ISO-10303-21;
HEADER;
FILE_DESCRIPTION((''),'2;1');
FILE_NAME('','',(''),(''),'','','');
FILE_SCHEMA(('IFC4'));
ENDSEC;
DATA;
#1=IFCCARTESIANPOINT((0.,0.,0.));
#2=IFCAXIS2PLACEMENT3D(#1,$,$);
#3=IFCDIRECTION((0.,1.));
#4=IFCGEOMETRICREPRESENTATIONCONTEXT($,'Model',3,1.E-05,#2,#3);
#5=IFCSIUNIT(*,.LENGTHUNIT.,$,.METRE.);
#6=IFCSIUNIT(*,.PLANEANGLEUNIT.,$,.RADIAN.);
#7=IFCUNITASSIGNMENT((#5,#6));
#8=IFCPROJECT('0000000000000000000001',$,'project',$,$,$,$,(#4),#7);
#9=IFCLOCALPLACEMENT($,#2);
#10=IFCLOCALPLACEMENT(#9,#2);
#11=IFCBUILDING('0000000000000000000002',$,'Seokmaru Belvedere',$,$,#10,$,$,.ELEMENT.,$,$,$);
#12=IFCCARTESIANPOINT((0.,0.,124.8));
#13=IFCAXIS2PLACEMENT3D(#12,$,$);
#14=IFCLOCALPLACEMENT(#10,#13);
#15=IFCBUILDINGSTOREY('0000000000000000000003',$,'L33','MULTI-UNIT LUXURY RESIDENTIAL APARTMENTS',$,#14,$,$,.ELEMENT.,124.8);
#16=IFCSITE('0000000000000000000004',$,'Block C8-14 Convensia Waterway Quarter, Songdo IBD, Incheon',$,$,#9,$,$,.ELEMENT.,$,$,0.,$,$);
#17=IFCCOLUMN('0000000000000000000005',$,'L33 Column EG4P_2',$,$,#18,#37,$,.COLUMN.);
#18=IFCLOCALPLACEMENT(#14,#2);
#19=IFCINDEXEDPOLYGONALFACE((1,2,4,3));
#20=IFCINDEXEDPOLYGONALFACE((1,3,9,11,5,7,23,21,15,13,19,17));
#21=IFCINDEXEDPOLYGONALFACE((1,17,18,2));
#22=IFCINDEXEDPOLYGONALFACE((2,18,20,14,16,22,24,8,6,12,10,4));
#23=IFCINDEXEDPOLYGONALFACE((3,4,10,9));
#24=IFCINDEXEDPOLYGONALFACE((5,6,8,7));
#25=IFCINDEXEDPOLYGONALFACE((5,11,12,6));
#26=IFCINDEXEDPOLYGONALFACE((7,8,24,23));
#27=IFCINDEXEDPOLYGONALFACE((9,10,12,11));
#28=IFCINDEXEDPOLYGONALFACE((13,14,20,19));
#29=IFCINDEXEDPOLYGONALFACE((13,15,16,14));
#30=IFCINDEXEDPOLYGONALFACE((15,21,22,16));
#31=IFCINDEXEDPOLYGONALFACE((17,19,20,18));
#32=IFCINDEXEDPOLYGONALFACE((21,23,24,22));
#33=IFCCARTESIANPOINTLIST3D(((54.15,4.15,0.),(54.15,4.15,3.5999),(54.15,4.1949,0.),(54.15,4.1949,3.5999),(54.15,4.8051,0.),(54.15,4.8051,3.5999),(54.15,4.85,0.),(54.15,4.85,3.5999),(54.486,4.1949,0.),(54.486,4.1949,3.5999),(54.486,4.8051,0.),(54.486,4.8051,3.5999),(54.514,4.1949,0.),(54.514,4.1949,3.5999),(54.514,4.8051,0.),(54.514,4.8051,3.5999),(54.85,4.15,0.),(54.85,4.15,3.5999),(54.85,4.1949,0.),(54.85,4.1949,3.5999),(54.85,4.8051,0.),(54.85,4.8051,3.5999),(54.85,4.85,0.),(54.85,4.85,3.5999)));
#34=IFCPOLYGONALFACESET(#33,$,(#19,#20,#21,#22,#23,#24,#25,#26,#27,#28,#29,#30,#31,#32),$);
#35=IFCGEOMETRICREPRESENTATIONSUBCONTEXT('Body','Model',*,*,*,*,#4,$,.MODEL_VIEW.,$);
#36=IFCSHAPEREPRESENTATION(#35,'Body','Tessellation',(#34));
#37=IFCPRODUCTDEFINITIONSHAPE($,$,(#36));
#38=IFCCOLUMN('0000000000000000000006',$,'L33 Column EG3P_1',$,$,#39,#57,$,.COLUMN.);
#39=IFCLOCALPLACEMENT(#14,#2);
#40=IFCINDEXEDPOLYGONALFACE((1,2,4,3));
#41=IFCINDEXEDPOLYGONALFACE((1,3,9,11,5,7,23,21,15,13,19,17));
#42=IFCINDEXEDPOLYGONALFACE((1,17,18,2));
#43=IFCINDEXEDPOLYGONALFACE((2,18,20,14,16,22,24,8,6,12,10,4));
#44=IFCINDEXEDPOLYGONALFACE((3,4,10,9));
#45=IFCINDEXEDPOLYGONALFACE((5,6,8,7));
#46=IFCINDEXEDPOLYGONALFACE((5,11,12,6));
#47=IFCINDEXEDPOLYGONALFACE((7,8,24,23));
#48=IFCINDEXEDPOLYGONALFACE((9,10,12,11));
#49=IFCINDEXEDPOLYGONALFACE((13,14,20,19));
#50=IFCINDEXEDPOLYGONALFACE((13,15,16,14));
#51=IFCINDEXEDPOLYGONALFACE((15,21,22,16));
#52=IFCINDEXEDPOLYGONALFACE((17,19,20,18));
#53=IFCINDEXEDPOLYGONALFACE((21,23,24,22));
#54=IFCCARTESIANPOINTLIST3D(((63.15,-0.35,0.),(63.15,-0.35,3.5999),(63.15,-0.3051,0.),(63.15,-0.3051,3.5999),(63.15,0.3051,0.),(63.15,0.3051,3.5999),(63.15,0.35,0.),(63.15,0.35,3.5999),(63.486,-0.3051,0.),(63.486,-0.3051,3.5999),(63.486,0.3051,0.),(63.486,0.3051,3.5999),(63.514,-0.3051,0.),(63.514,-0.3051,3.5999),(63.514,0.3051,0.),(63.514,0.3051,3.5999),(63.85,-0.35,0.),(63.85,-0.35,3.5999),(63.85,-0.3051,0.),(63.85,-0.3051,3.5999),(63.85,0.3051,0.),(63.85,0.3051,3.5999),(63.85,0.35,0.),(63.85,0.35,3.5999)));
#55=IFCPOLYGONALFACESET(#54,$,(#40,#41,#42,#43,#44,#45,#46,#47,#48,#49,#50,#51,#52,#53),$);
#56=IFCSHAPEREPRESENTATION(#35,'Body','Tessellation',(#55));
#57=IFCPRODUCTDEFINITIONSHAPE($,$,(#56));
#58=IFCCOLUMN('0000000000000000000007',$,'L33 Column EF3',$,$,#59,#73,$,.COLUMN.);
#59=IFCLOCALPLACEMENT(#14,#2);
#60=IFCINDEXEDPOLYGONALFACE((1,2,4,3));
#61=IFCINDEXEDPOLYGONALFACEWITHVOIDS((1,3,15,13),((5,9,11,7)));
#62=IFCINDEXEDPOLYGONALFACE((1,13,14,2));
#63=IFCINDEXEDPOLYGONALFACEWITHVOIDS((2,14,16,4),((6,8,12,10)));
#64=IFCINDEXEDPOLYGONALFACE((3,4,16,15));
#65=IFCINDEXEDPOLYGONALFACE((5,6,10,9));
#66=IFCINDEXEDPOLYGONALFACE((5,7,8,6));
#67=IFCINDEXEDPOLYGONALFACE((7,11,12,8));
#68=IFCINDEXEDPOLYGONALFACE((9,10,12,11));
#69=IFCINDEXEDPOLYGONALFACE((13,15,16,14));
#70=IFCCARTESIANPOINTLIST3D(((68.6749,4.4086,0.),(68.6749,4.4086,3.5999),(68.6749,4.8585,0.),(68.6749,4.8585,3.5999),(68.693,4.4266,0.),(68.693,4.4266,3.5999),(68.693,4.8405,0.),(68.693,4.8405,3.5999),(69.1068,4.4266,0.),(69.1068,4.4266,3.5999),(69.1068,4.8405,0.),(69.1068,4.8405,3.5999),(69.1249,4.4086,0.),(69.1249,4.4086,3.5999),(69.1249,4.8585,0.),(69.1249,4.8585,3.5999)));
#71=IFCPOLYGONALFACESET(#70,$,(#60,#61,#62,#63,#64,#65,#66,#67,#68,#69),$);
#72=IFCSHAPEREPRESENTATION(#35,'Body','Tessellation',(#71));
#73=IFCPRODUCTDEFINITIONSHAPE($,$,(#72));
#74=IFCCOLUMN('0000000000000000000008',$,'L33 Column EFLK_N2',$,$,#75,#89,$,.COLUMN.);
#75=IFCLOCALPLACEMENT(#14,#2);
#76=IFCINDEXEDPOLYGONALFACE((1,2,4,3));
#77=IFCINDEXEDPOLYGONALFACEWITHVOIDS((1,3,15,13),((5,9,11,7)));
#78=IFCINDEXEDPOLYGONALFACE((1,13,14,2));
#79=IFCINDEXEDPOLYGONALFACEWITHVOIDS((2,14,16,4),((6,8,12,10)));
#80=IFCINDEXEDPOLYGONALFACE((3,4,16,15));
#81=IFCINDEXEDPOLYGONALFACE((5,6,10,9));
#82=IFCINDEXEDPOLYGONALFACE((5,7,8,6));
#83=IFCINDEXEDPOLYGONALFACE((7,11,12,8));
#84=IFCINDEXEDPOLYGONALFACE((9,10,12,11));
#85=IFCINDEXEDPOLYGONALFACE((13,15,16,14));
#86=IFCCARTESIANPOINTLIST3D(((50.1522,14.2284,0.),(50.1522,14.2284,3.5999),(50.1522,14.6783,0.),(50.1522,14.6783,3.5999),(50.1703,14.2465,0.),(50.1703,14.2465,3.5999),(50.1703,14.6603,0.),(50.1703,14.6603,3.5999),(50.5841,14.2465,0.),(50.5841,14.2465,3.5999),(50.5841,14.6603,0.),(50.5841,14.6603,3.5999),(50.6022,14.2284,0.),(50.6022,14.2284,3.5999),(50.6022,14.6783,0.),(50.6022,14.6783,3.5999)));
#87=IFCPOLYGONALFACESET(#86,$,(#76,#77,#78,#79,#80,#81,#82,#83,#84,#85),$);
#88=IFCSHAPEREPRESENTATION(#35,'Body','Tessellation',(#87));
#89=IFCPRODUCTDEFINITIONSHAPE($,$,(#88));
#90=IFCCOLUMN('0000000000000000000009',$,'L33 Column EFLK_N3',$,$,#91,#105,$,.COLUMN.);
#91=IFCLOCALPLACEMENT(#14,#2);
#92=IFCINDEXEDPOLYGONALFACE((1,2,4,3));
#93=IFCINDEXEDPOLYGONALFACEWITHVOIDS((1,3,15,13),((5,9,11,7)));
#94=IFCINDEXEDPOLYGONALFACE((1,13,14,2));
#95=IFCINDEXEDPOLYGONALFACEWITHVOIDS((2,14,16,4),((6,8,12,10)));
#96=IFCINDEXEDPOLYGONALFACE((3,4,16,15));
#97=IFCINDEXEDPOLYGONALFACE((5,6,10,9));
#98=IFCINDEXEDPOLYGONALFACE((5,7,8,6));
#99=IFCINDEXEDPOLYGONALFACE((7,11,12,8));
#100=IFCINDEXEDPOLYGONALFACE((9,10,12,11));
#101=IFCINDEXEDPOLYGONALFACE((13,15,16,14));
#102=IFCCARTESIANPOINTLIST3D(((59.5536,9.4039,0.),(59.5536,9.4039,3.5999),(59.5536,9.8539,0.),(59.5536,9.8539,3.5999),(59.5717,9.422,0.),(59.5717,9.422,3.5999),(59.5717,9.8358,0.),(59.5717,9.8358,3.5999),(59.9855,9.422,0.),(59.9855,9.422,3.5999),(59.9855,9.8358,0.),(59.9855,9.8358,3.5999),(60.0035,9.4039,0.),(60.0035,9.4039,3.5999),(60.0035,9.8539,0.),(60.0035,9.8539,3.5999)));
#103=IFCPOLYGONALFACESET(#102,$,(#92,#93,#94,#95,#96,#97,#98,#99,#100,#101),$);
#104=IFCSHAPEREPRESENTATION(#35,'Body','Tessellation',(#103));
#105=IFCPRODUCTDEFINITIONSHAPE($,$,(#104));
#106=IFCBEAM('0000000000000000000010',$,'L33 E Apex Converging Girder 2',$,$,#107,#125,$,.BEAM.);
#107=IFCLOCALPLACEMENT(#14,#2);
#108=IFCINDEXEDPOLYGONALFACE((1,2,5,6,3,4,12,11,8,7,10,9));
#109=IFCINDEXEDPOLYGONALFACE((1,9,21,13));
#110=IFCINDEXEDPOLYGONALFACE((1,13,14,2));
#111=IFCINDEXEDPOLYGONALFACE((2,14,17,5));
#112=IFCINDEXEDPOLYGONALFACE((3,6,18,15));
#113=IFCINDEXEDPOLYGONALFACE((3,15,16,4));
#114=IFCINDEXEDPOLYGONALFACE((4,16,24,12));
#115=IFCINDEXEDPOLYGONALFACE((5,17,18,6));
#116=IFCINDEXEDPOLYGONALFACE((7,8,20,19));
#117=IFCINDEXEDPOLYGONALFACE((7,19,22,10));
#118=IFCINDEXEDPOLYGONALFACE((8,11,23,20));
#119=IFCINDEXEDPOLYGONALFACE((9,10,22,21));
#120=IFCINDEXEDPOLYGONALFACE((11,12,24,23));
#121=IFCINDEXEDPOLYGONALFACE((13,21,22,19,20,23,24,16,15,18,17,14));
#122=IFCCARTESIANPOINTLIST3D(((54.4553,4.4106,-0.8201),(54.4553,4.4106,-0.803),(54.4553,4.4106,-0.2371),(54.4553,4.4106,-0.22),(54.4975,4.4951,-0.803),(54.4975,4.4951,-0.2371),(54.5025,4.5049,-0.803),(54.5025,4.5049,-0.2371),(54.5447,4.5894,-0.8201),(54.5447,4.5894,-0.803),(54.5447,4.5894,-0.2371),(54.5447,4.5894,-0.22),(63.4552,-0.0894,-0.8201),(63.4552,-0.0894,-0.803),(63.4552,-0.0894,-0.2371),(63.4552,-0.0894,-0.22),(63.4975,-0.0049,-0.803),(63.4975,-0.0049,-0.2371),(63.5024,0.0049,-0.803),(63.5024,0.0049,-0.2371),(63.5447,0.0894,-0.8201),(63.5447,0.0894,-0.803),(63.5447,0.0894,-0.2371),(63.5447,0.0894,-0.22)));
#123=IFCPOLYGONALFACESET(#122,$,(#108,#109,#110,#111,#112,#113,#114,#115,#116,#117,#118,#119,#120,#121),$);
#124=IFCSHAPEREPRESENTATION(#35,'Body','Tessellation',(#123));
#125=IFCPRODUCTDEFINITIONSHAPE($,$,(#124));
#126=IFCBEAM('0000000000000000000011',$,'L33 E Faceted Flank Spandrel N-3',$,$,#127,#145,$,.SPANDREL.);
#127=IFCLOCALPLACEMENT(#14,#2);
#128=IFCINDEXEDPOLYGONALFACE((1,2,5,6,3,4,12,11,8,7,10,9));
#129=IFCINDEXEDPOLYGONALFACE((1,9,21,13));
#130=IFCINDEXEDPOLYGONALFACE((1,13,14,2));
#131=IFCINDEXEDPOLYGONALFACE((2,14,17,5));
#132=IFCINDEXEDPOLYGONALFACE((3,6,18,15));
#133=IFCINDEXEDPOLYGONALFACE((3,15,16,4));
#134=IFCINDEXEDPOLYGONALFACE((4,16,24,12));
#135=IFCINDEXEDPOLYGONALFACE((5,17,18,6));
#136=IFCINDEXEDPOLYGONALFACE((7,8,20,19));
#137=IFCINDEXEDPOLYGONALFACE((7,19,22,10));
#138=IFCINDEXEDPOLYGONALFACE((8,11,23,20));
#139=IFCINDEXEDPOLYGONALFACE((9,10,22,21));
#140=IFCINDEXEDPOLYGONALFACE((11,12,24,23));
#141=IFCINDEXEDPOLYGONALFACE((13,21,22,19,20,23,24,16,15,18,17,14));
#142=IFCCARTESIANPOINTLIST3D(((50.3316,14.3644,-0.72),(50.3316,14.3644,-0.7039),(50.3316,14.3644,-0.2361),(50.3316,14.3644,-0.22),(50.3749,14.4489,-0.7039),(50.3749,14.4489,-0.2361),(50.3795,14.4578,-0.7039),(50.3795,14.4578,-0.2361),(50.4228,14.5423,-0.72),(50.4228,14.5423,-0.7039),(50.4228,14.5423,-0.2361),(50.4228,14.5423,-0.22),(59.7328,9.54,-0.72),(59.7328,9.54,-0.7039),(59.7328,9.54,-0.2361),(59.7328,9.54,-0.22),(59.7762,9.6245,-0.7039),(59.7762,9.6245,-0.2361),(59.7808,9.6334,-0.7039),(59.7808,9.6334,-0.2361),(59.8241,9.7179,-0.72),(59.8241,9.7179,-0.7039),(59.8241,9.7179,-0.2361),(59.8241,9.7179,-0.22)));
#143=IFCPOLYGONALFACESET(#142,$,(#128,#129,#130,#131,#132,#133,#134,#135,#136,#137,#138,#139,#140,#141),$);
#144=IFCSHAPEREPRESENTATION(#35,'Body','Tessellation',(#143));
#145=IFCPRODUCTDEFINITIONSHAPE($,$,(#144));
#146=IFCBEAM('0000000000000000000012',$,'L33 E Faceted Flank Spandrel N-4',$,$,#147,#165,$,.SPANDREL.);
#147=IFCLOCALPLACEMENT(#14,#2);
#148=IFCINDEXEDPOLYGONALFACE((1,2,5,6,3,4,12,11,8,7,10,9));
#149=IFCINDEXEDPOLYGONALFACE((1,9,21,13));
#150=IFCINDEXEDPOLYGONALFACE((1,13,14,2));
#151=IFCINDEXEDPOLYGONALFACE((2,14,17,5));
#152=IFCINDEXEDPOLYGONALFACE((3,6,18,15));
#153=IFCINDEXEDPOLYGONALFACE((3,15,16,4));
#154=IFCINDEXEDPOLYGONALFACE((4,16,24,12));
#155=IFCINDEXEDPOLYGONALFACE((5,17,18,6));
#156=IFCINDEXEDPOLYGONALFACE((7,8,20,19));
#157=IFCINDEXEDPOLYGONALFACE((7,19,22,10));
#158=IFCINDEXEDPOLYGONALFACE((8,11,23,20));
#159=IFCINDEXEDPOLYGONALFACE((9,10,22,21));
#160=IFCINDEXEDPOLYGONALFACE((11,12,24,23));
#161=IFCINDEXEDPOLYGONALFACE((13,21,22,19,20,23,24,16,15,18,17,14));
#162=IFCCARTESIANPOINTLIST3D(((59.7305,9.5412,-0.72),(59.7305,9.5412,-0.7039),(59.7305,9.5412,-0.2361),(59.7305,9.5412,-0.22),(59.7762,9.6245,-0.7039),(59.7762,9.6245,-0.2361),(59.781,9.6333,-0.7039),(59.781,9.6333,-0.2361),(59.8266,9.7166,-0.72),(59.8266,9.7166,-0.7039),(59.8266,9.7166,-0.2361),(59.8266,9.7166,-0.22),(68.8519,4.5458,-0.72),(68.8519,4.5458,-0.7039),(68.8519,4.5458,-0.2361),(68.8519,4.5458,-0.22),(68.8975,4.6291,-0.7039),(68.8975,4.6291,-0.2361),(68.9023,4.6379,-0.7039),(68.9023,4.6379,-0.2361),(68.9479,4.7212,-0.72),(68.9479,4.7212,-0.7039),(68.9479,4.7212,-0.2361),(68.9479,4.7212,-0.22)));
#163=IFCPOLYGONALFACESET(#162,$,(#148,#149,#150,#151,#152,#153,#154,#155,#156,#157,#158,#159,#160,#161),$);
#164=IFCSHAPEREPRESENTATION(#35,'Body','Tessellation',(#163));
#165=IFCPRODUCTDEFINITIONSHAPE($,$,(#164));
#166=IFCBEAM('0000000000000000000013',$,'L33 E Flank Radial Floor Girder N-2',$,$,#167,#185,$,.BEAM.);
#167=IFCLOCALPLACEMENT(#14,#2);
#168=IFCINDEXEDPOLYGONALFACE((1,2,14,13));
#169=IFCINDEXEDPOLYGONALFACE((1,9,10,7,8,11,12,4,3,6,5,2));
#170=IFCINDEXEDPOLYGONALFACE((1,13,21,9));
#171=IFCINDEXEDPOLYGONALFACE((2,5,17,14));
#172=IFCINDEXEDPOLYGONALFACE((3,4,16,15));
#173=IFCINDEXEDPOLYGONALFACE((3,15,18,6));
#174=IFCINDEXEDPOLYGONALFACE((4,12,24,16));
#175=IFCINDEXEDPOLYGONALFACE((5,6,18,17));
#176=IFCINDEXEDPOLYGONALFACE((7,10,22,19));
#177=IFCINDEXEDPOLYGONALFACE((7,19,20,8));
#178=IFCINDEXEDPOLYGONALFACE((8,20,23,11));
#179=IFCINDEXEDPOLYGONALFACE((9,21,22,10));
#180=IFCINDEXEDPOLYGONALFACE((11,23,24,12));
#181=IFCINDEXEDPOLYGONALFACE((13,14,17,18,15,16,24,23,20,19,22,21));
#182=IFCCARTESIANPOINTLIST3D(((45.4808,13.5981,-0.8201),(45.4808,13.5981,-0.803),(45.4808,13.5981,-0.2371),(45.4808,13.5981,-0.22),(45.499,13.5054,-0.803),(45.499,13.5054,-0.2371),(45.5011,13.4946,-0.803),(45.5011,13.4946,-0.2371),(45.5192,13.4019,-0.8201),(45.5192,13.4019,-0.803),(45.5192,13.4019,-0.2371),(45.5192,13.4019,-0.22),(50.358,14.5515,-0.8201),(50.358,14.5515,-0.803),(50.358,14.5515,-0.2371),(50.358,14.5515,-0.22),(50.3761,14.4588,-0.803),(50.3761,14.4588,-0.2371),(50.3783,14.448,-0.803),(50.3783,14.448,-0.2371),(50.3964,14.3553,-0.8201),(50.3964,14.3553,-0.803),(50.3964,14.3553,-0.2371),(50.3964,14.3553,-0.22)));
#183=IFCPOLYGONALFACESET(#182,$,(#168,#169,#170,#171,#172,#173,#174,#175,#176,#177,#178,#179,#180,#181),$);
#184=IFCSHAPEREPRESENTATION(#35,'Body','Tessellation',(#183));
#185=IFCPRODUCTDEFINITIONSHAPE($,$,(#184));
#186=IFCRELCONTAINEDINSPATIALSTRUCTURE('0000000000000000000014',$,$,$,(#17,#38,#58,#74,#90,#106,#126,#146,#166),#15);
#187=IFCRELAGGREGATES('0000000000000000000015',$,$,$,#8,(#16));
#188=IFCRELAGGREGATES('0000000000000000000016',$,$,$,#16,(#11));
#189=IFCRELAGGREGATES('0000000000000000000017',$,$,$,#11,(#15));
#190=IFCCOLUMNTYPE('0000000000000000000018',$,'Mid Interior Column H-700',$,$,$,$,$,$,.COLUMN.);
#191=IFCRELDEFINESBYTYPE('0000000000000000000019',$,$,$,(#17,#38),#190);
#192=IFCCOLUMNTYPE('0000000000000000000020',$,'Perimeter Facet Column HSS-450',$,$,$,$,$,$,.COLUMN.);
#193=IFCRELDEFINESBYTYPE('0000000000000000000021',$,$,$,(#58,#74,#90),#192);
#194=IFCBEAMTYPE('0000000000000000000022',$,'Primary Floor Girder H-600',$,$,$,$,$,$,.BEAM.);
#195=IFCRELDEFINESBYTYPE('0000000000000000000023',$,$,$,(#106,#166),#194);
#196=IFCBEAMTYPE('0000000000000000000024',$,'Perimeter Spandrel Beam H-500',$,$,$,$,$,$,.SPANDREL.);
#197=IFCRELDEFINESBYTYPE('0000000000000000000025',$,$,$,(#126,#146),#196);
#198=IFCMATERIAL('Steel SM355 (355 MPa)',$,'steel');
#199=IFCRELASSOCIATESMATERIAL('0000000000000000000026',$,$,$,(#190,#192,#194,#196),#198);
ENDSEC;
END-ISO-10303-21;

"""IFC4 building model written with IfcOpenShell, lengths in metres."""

from ifc_helpers import new_model, si_unit, direction, frame, origin, origin_2d, place, context, subcontext, project, spatial, hollow_rectangle, i_section, extrude, source, transform, mapped, material, material_profile, profile_set, type_object, type_shapes, element, save


model = new_model("IFC4")

# Units and contexts
model_context = context("Model", 3, precision=1e-05, world=origin(), true_north=direction((0.0, 1.0)))
body_context = subcontext(model_context, "Body", "Model", "MODEL_VIEW")
ifc_project = project(units=[si_unit("LENGTHUNIT", "METRE"), si_unit("PLANEANGLEUNIT", "RADIAN")], contexts=[model_context])

# Site, building, storey
site_placement = place(None, origin())
site = spatial("IfcSite", under=ifc_project, at=site_placement, Name="Block C8-14 Convensia Waterway Quarter, Songdo IBD, Incheon", CompositionType="ELEMENT", RefElevation=0.0)
building_placement = place(site_placement, origin())
building = spatial("IfcBuilding", under=site, at=building_placement, Name="Seokmaru Belvedere", CompositionType="ELEMENT")
storey_placement = place(building_placement, frame((0.0, 0.0, 124.8)))
storey = spatial("IfcBuildingStorey", under=building, at=storey_placement, Name="L33", Description="MULTI-UNIT LUXURY RESIDENTIAL APARTMENTS", CompositionType="ELEMENT", Elevation=124.8)

# Columns
ifc_material_1 = material(Name="Steel SM355 (355 MPa)", Category="steel")
ifc_material_profile_1 = material_profile(ifc_material_1, i_section(OverallWidth=0.7, OverallDepth=0.7, WebThickness=0.0281, FlangeThickness=0.0449, at=origin_2d()), Name="H-700x700x28x45")
ifc_profile_set_1 = profile_set([ifc_material_profile_1], Name="Steel SM355 (355 MPa)")
column_type_1 = type_object("IfcColumnType", Name="Mid Interior Column H-700", PredefinedType="COLUMN", material=ifc_profile_set_1)
shared_shape_1 = source(origin(), body_context, "Body", "SweptSolid", [
    extrude(i_section(OverallWidth=0.7, OverallDepth=0.7, WebThickness=0.0281, FlangeThickness=0.0449, at=origin_2d()), origin(), (0.0, 0.0, 1.0), 3.5999),
])
type_shapes(column_type_1, [shared_shape_1])
for number, where, z_axis, x_axis, name in (
    (1, (54.5, 4.5, 0.0), (0.0, 0.0, 1.0), (1.0, 0.0, 0.0), "L33 Column EG4P_2"),
    (2, (63.5, 0.0, 0.0), (0.0, 0.0, 1.0), (1.0, 0.0, 0.0), "L33 Column EG3P_1"),
):
    element("IfcColumn", number, at=place(storey_placement, frame(where, z_axis=z_axis, x_axis=x_axis)), inside=storey, type_object=column_type_1, Name=name, PredefinedType="COLUMN", context=body_context, shape_type="MappedRepresentation", body=[
        mapped(shared_shape_1, transform((0.0, 0.0, 0.0), scale=1.0)),
    ])
ifc_material_profile_2 = material_profile(ifc_material_1, hollow_rectangle(XDim=0.45, YDim=0.45, WallThickness=0.0181, at=origin_2d()), Name="HSS-450x450x18")
ifc_profile_set_2 = profile_set([ifc_material_profile_2], Name="Steel SM355 (355 MPa)")
column_type_2 = type_object("IfcColumnType", Name="Perimeter Facet Column HSS-450", PredefinedType="COLUMN", material=ifc_profile_set_2)
shared_shape_2 = source(origin(), body_context, "Body", "SweptSolid", [
    extrude(hollow_rectangle(XDim=0.45, YDim=0.45, WallThickness=0.0181, at=origin_2d()), origin(), (0.0, 0.0, 1.0), 3.5999),
])
type_shapes(column_type_2, [shared_shape_2])
for number, where, z_axis, x_axis, name in (
    (3, (68.8999, 4.6335, 0.0), (0.0, 0.0, 1.0), (1.0, 0.0, 0.0), "L33 Column EF3"),
    (4, (50.3772, 14.4534, 0.0), (0.0, 0.0, 1.0), (1.0, 0.0, 0.0), "L33 Column EFLK_N2"),
    (5, (59.7786, 9.6289, 0.0), (0.0, 0.0, 1.0), (1.0, 0.0, 0.0), "L33 Column EFLK_N3"),
):
    element("IfcColumn", number, at=place(storey_placement, frame(where, z_axis=z_axis, x_axis=x_axis)), inside=storey, type_object=column_type_2, Name=name, PredefinedType="COLUMN", context=body_context, shape_type="MappedRepresentation", body=[
        mapped(shared_shape_2, transform((0.0, 0.0, 0.0), scale=1.0)),
    ])

# Beams
ifc_material_profile_3 = material_profile(ifc_material_1, i_section(OverallWidth=0.2, OverallDepth=0.6001, WebThickness=0.011, FlangeThickness=0.0171, at=origin_2d()), Name="H-600x200x11x17")
ifc_profile_set_3 = profile_set([ifc_material_profile_3], Name="Steel SM355 (355 MPa)")
beam_type_1 = type_object("IfcBeamType", Name="Primary Floor Girder H-600", PredefinedType="BEAM", material=ifc_profile_set_3)
shared_shape_3 = source(origin(), body_context, "Body", "SweptSolid", [
    extrude(i_section(OverallWidth=0.2, OverallDepth=0.6001, WebThickness=0.011, FlangeThickness=0.0171, at=origin_2d()), origin(), (0.0, 0.0, 1.0), 10.0623),
])
beam_1_placement = place(storey_placement, frame((54.5, 4.5, -0.52), z_axis=(0.894427, -0.447214, 0.0), x_axis=(0.447214, 0.894427, 0.0)))
element("IfcBeam", 6, at=beam_1_placement, inside=storey, type_object=beam_type_1, Name="L33 E Apex Converging Girder 2", PredefinedType="BEAM", context=body_context, shape_type="MappedRepresentation", body=[
    mapped(shared_shape_3, transform((0.0, 0.0, 0.0), scale=1.0)),
])
ifc_material_profile_4 = material_profile(ifc_material_1, i_section(OverallWidth=0.2, OverallDepth=0.5, WebThickness=0.01, FlangeThickness=0.0161, at=origin_2d()), Name="H-500x200x10x16")
ifc_profile_set_4 = profile_set([ifc_material_profile_4], Name="Steel SM355 (355 MPa)")
beam_type_2 = type_object("IfcBeamType", Name="Perimeter Spandrel Beam H-500", PredefinedType="SPANDREL", material=ifc_profile_set_4)
shared_shape_4 = source(origin(), body_context, "Body", "SweptSolid", [
    extrude(i_section(OverallWidth=0.2, OverallDepth=0.5, WebThickness=0.01, FlangeThickness=0.0161, at=origin_2d()), origin(), (0.0, 0.0, 1.0), 10.5669),
])
beam_2_placement = place(storey_placement, frame((50.3772, 14.4534, -0.47), z_axis=(0.889693, -0.45656, 0.0), x_axis=(0.45656, 0.889693, 0.0)))
element("IfcBeam", 7, at=beam_2_placement, inside=storey, type_object=beam_type_2, Name="L33 E Faceted Flank Spandrel N-3", PredefinedType="SPANDREL", context=body_context, shape_type="MappedRepresentation", body=[
    mapped(shared_shape_4, transform((0.0, 0.0, 0.0), scale=1.0)),
])
shared_shape_5 = source(origin(), body_context, "Body", "SweptSolid", [
    extrude(i_section(OverallWidth=0.2, OverallDepth=0.5, WebThickness=0.01, FlangeThickness=0.0161, at=origin_2d()), origin(), (0.0, 0.0, 1.0), 10.3997),
])
type_shapes(beam_type_2, [shared_shape_4, shared_shape_5])
beam_3_placement = place(storey_placement, frame((59.7786, 9.6289, -0.47), z_axis=(0.877082, -0.48034, 0.0), x_axis=(0.48034, 0.877082, 0.0)))
element("IfcBeam", 8, at=beam_3_placement, inside=storey, type_object=beam_type_2, Name="L33 E Faceted Flank Spandrel N-4", PredefinedType="SPANDREL", context=body_context, shape_type="MappedRepresentation", body=[
    mapped(shared_shape_5, transform((0.0, 0.0, 0.0), scale=1.0)),
])
shared_shape_6 = source(origin(), body_context, "Body", "SweptSolid", [
    extrude(i_section(OverallWidth=0.2, OverallDepth=0.6001, WebThickness=0.011, FlangeThickness=0.0171, at=origin_2d()), origin(), (0.0, 0.0, 1.0), 4.9695),
])
beam_4_placement = place(storey_placement, frame((50.3772, 14.4534, -0.52), z_axis=(-0.981425, -0.191844, 0.0), x_axis=(0.191844, -0.981425, 0.0)))
element("IfcBeam", 9, at=beam_4_placement, inside=storey, type_object=beam_type_1, Name="L33 E Flank Radial Floor Girder N-2", PredefinedType="BEAM", context=body_context, shape_type="MappedRepresentation", body=[
    mapped(shared_shape_6, transform((0.0, 0.0, 0.0), scale=1.0)),
])

save(model, "model.ifc")
